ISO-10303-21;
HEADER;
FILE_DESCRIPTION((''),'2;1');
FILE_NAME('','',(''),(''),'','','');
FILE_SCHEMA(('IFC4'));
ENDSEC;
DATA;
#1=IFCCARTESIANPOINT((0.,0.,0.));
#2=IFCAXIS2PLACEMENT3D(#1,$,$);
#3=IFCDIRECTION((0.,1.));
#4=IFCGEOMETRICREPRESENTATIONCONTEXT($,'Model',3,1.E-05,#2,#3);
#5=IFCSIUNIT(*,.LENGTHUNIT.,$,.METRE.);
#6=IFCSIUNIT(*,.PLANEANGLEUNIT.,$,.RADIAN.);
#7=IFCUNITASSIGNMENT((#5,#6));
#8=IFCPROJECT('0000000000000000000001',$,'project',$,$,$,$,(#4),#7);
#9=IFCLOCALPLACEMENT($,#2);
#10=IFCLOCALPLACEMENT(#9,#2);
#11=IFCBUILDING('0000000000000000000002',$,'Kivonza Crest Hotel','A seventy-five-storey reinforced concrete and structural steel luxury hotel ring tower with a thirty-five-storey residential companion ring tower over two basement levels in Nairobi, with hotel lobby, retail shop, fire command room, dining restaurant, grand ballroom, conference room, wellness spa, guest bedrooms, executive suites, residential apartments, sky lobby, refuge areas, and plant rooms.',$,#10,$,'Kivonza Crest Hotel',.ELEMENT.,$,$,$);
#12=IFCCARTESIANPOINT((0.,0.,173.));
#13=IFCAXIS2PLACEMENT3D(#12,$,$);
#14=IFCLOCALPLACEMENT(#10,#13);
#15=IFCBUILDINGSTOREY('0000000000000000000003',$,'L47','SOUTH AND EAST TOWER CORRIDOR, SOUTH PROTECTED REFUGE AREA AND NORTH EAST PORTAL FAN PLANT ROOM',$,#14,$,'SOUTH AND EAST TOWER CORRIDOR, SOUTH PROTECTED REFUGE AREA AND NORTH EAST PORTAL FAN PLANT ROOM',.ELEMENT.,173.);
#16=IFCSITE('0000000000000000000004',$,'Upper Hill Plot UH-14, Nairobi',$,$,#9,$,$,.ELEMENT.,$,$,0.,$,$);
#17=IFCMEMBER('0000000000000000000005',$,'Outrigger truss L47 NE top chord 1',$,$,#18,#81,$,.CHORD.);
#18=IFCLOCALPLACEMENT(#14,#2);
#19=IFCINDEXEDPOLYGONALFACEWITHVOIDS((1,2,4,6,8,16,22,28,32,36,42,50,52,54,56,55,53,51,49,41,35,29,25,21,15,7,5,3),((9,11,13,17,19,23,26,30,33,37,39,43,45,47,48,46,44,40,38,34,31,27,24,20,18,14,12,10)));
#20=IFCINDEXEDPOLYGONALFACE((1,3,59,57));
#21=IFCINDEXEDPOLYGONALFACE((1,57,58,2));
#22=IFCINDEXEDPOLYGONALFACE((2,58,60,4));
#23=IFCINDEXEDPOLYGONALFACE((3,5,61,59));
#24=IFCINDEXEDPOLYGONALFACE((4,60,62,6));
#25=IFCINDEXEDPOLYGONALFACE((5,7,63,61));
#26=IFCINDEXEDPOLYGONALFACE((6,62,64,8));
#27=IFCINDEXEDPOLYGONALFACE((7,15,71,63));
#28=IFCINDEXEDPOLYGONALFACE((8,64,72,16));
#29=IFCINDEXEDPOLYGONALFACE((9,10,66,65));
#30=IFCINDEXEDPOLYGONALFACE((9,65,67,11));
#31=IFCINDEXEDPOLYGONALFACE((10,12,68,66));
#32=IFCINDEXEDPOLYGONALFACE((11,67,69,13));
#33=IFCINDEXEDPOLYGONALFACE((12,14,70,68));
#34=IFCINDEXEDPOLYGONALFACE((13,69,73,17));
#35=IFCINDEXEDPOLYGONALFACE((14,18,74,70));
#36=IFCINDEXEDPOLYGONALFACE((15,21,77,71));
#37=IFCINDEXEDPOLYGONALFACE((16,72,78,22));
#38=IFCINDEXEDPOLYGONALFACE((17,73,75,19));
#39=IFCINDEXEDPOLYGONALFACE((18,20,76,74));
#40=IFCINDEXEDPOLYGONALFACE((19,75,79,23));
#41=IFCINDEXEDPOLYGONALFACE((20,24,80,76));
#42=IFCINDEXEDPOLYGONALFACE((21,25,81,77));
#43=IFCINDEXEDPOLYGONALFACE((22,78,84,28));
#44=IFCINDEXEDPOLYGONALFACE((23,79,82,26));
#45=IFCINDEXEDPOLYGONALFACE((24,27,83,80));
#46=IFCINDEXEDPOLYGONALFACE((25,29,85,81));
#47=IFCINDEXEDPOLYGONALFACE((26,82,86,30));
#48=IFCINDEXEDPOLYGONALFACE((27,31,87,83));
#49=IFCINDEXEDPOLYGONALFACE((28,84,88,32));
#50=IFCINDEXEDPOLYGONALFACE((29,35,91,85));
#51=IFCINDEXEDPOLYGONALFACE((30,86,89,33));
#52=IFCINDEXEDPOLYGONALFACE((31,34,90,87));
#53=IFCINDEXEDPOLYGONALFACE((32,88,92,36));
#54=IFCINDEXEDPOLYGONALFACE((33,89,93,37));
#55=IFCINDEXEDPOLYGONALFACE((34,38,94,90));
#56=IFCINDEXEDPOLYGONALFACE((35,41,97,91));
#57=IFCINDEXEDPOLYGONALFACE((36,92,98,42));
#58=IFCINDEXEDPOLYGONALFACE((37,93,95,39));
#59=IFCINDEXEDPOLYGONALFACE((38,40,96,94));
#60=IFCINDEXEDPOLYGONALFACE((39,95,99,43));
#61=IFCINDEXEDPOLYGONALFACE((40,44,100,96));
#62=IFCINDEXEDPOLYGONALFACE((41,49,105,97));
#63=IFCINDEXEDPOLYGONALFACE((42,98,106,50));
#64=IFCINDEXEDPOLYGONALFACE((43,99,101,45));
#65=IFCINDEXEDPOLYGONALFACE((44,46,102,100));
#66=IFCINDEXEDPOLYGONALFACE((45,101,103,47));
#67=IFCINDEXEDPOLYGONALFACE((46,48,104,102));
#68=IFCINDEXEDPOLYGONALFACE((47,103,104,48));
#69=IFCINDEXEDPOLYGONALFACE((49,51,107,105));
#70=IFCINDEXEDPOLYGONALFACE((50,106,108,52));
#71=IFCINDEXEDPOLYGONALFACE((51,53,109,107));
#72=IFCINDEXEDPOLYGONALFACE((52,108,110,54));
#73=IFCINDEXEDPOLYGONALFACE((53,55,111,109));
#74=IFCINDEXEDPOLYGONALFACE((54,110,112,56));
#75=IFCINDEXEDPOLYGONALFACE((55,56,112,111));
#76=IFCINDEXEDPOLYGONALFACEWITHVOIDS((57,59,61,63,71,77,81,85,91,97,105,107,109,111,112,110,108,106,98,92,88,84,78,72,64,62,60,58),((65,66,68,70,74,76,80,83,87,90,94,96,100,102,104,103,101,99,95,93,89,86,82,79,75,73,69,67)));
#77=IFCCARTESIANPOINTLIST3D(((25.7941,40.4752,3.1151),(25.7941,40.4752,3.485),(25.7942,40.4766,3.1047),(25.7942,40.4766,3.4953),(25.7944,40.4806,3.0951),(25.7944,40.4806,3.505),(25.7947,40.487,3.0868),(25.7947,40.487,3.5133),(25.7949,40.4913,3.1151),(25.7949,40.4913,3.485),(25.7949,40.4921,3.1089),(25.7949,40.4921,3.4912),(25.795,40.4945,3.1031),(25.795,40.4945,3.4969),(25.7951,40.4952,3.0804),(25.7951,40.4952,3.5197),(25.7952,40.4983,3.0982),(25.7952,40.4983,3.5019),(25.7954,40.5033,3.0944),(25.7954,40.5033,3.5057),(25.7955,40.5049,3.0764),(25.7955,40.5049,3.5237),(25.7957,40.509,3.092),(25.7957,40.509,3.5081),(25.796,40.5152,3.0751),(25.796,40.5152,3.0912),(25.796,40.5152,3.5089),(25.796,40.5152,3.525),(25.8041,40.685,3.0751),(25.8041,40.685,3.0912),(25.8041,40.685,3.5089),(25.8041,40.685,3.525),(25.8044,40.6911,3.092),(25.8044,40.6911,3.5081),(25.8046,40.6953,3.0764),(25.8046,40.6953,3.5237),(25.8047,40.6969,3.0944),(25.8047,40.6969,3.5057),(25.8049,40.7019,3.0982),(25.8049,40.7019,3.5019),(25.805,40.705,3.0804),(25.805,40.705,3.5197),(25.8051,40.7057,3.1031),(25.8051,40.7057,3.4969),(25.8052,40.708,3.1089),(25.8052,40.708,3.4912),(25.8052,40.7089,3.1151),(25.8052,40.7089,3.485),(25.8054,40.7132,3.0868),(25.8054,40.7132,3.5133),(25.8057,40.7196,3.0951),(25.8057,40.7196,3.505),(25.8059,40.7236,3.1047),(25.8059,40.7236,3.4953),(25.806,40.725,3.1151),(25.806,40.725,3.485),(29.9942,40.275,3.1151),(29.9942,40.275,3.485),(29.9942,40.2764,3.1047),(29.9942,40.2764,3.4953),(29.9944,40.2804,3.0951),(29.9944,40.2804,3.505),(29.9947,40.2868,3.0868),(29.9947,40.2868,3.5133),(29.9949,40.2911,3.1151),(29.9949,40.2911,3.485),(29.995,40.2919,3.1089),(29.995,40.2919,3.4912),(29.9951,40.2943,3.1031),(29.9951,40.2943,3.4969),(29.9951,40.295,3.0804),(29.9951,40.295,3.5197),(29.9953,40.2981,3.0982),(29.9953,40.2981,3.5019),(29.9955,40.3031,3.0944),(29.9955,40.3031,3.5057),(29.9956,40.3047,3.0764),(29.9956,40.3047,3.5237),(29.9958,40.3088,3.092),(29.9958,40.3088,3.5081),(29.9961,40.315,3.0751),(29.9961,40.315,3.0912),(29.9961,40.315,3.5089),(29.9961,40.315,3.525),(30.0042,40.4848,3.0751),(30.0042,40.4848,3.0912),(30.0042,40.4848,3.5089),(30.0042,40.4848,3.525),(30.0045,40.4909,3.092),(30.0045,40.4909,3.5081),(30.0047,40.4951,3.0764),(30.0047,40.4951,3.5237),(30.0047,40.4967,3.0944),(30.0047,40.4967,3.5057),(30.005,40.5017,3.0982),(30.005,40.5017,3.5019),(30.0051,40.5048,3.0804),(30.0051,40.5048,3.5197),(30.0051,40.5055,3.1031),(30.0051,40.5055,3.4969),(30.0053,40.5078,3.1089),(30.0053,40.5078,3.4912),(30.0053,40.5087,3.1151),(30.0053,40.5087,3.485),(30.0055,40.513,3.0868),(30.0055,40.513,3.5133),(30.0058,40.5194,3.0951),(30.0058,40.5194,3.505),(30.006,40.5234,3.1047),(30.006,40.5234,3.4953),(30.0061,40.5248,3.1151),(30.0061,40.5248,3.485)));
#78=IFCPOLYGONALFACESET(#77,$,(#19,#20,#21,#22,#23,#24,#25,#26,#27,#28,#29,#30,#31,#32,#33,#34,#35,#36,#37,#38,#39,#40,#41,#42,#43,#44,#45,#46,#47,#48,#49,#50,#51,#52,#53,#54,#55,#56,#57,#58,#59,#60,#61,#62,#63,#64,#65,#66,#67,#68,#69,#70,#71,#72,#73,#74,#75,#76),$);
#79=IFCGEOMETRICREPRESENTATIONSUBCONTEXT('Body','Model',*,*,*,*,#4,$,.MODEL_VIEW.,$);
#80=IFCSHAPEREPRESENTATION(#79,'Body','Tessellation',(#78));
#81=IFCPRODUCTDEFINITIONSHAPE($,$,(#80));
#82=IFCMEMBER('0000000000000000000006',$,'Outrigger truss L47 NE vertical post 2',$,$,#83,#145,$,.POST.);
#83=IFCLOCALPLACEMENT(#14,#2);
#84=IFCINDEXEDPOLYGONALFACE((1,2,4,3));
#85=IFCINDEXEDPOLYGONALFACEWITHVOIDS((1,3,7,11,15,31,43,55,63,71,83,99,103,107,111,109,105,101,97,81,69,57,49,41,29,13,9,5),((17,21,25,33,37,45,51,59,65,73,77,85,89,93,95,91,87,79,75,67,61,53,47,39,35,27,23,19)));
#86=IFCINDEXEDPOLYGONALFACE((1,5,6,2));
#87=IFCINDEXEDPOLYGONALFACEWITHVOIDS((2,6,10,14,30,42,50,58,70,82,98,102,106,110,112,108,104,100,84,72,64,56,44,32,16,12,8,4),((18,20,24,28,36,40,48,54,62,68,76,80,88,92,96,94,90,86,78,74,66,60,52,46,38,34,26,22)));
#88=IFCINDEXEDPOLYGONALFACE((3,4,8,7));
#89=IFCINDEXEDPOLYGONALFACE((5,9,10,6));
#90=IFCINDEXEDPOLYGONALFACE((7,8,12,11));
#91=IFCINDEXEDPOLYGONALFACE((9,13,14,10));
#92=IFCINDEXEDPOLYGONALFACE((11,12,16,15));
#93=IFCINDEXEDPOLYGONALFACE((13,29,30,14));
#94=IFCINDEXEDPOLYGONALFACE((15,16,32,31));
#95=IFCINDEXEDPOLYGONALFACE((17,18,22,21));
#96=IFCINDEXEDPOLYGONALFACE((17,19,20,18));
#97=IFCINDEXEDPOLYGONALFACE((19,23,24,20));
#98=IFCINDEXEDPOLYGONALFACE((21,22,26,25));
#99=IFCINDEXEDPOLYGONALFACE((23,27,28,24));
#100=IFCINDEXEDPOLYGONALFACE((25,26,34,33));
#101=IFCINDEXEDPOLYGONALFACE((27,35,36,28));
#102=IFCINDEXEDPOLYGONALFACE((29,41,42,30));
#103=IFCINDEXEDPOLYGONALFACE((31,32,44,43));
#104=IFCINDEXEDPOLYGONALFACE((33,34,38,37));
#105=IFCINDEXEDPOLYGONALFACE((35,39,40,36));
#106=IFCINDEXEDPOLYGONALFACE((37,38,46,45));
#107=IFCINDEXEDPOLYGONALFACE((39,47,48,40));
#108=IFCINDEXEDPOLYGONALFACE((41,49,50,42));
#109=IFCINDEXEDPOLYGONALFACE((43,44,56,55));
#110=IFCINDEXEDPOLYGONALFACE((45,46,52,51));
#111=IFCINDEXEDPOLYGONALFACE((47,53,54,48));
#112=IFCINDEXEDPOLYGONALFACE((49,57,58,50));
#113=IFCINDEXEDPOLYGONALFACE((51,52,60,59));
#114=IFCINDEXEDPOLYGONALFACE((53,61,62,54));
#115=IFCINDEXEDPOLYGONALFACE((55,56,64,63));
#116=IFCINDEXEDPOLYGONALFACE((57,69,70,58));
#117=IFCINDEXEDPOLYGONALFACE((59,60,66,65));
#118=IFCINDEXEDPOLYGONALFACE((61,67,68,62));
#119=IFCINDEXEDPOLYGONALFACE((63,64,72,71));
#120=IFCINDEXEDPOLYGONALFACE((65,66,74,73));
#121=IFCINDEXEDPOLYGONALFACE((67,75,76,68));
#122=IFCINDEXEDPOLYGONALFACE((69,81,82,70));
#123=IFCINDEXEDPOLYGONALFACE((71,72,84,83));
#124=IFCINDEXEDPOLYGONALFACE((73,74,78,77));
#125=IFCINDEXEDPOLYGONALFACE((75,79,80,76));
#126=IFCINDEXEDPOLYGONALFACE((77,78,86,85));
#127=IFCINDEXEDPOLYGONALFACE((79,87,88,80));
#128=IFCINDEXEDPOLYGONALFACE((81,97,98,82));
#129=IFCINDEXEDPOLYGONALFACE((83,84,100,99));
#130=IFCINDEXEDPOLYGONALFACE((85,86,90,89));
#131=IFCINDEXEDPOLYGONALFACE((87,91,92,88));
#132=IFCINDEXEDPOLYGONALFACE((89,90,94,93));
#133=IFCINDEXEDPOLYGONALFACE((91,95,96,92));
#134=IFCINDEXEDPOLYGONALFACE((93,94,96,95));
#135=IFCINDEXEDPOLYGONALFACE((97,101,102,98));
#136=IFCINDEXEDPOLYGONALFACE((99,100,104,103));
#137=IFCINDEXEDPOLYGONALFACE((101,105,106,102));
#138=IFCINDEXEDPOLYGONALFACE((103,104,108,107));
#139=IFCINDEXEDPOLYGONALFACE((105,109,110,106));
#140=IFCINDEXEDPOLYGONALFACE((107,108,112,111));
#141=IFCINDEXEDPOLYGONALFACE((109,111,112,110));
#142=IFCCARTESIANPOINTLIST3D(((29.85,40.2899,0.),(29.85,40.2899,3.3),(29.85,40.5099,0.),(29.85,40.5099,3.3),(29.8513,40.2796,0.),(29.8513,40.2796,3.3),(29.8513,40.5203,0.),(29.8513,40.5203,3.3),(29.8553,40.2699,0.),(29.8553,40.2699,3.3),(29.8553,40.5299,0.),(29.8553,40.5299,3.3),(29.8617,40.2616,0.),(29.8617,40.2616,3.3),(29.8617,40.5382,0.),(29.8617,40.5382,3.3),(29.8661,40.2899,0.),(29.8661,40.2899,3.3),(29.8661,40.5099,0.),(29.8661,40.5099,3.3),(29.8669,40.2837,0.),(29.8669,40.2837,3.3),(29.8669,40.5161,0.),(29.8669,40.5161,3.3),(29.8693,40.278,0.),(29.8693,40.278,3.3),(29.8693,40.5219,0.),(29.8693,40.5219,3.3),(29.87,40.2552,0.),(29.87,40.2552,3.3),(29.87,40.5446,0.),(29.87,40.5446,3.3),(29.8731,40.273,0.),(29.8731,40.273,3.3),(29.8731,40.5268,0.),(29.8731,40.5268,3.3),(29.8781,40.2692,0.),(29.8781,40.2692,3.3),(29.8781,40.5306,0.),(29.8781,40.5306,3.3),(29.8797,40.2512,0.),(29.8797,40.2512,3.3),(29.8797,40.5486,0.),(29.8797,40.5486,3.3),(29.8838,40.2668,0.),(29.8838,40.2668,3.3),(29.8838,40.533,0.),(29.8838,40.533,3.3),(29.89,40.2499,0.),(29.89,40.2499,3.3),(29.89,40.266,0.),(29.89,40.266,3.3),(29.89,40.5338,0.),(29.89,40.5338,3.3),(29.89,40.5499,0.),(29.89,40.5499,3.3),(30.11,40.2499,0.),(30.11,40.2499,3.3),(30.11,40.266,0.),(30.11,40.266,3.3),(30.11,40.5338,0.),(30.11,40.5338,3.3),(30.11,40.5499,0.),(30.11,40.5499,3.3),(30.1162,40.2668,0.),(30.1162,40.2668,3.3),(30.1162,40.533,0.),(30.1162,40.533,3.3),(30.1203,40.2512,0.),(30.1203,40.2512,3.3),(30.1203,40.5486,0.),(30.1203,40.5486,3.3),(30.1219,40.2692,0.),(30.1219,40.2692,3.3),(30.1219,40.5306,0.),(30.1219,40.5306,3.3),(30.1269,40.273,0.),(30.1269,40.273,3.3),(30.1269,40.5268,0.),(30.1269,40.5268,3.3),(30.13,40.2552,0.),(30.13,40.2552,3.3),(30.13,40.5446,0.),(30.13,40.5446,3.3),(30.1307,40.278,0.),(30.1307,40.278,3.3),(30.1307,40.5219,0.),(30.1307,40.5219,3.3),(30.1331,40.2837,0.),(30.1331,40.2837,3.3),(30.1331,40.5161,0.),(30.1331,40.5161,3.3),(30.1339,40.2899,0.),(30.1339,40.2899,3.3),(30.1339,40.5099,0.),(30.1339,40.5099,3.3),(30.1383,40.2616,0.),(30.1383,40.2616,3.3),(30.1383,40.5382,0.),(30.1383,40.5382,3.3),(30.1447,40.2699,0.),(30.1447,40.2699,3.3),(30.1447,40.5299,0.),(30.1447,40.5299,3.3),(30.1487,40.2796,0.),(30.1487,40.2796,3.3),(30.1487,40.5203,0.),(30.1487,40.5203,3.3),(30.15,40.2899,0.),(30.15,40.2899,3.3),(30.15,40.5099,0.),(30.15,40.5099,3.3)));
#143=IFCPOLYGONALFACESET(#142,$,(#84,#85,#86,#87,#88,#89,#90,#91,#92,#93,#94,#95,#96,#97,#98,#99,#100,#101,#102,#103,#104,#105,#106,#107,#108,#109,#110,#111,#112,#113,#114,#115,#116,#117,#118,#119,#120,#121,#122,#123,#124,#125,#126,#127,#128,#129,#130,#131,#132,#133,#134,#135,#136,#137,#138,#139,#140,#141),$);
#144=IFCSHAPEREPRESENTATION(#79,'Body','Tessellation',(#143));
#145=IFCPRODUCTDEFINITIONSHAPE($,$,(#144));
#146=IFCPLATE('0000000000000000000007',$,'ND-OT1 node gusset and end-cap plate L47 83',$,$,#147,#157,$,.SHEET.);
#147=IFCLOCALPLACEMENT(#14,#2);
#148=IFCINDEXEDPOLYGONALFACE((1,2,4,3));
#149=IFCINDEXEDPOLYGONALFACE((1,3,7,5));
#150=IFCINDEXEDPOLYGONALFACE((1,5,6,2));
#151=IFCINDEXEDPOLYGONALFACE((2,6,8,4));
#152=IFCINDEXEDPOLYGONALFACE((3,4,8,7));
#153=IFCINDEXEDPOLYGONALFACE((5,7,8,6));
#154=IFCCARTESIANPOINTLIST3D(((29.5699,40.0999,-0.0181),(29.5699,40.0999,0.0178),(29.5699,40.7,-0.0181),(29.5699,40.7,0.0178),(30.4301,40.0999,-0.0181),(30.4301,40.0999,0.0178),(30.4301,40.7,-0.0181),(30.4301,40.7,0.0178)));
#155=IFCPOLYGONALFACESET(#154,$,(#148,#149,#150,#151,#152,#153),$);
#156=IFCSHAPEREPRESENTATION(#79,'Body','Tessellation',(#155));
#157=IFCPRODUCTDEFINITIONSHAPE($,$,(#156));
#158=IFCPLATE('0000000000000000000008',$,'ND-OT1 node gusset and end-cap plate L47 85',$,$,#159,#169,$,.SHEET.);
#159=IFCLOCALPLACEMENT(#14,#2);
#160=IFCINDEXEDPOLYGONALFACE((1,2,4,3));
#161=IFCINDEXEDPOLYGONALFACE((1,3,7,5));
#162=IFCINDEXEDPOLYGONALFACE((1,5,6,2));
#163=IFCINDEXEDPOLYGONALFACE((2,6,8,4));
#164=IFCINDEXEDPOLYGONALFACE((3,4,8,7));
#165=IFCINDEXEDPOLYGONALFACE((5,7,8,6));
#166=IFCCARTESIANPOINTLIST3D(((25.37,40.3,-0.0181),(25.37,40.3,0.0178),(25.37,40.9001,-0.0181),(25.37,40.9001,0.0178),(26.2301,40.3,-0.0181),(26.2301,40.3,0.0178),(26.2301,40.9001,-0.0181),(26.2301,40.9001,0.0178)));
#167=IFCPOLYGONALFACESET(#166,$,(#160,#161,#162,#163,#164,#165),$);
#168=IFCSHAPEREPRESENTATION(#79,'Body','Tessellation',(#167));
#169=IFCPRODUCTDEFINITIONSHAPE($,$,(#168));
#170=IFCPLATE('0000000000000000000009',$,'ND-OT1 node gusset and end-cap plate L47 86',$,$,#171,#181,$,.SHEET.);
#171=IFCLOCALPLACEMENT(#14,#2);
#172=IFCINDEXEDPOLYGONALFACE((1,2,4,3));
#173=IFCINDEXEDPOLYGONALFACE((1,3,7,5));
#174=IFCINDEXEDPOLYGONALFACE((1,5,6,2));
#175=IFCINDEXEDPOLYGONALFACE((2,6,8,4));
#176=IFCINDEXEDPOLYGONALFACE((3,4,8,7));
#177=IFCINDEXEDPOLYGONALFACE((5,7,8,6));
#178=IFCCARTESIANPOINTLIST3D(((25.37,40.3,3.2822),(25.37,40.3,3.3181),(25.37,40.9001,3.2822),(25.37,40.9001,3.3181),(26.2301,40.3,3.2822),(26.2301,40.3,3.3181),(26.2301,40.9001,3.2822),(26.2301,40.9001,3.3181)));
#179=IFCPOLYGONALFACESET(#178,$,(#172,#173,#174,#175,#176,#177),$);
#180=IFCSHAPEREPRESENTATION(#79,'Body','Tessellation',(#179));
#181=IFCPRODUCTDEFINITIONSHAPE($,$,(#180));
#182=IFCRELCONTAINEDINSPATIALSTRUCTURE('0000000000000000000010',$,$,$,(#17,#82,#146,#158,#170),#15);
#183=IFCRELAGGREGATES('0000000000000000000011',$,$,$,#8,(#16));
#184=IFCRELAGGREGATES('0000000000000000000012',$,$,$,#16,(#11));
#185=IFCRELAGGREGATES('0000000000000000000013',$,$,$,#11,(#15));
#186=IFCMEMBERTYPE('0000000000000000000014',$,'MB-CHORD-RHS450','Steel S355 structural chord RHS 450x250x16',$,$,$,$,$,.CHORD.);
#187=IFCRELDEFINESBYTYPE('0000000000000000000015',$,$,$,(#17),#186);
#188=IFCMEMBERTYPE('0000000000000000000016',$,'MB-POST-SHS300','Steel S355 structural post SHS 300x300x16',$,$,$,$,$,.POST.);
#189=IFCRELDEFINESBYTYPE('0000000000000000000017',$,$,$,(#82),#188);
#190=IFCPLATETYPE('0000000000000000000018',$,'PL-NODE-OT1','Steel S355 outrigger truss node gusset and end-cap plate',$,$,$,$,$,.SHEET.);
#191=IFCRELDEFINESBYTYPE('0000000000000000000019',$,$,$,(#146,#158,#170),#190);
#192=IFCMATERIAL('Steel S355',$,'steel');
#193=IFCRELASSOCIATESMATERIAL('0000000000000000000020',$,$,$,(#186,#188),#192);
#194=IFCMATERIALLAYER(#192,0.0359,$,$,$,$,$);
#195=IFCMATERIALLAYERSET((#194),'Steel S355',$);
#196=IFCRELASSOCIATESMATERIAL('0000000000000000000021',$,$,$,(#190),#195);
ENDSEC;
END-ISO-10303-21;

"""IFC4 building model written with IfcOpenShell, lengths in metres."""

from ifc_helpers import new_model, si_unit, direction, frame, origin, origin_2d, place, context, subcontext, project, spatial, rectangle, hollow_rectangle, extrude, material, layer, layer_set, material_profile, profile_set, type_object, element, save


model = new_model("IFC4")

# Units and contexts
model_context = context("Model", 3, precision=1e-05, world=origin(), true_north=direction((0.0, 1.0)))
body_context = subcontext(model_context, "Body", "Model", "MODEL_VIEW")
ifc_project = project(units=[si_unit("LENGTHUNIT", "METRE"), si_unit("PLANEANGLEUNIT", "RADIAN")], contexts=[model_context])

# Site, building, storey
site_placement = place(None, origin())
site = spatial("IfcSite", under=ifc_project, at=site_placement, Name="Upper Hill Plot UH-14, Nairobi", CompositionType="ELEMENT", RefElevation=0.0)
building_placement = place(site_placement, origin())
building = spatial("IfcBuilding", under=site, at=building_placement, Name="Kivonza Crest Hotel", Description="A seventy-five-storey reinforced concrete and structural steel luxury hotel ring tower with a thirty-five-storey residential companion ring tower over two basement levels in Nairobi, with hotel lobby, retail shop, fire command room, dining restaurant, grand ballroom, conference room, wellness spa, guest bedrooms, executive suites, residential apartments, sky lobby, refuge areas, and plant rooms.", LongName="Kivonza Crest Hotel", CompositionType="ELEMENT")
storey_placement = place(building_placement, frame((0.0, 0.0, 173.0)))
storey = spatial("IfcBuildingStorey", under=building, at=storey_placement, Name="L47", Description="SOUTH AND EAST TOWER CORRIDOR, SOUTH PROTECTED REFUGE AREA AND NORTH EAST PORTAL FAN PLANT ROOM", LongName="SOUTH AND EAST TOWER CORRIDOR, SOUTH PROTECTED REFUGE AREA AND NORTH EAST PORTAL FAN PLANT ROOM", CompositionType="ELEMENT", Elevation=173.0)

# Shared definitions
ifc_material_1 = material(Name="Steel S355", Category="steel")

# Members
ifc_material_profile_1 = material_profile(ifc_material_1, hollow_rectangle(XDim=0.25, YDim=0.45, WallThickness=0.0161, InnerFilletRadius=0.0239, OuterFilletRadius=0.04, at=origin_2d()), Name="RHS 450x250x16")
ifc_profile_set_1 = profile_set([ifc_material_profile_1], Name="Steel S355")
member_type_1 = type_object("IfcMemberType", Name="MB-CHORD-RHS450", Description="Steel S355 structural chord RHS 450x250x16", PredefinedType="CHORD", material=ifc_profile_set_1)
for number, where, z_axis, x_axis, name in (
    (1, (25.8, 40.6001, 3.3), (0.998866, -0.047612, 0.0), (0.047612, 0.998866, 0.0), "Outrigger truss L47 NE top chord 1"),
):
    element("IfcMember", number, at=place(storey_placement, frame(where, z_axis=z_axis, x_axis=x_axis)), inside=storey, type_object=member_type_1, Name=name, PredefinedType="CHORD", context=body_context, shape_type="SweptSolid", body=[
        extrude(hollow_rectangle(XDim=0.25, YDim=0.45, WallThickness=0.0161, InnerFilletRadius=0.0239, OuterFilletRadius=0.04, at=origin_2d()), origin(), (0.0, 0.0, 1.0), 4.2048),
    ])
ifc_material_profile_2 = material_profile(ifc_material_1, hollow_rectangle(XDim=0.3, YDim=0.3, WallThickness=0.0161, InnerFilletRadius=0.0239, OuterFilletRadius=0.04, at=origin_2d()), Name="SHS 300x300x16")
ifc_profile_set_2 = profile_set([ifc_material_profile_2], Name="Steel S355")
member_type_2 = type_object("IfcMemberType", Name="MB-POST-SHS300", Description="Steel S355 structural post SHS 300x300x16", PredefinedType="POST", material=ifc_profile_set_2)
member_1_placement = place(storey_placement, frame((30.0, 40.3999, 0.0), z_axis=(0.0, 0.0, 1.0), x_axis=(1.0, 0.0, 0.0)))
element("IfcMember", 2, at=member_1_placement, inside=storey, type_object=member_type_2, Name="Outrigger truss L47 NE vertical post 2", PredefinedType="POST", context=body_context, shape_type="SweptSolid", body=[
    extrude(hollow_rectangle(XDim=0.3, YDim=0.3, WallThickness=0.0161, InnerFilletRadius=0.0239, OuterFilletRadius=0.04, at=origin_2d()), origin(), (0.0, 0.0, 1.0), 3.3),
])

# Plates
ifc_layer_1 = layer(ifc_material_1, 0.0359)
ifc_layer_set_1 = layer_set([ifc_layer_1], Name="Steel S355")
plate_type = type_object("IfcPlateType", Name="PL-NODE-OT1", Description="Steel S355 outrigger truss node gusset and end-cap plate", PredefinedType="SHEET", material=ifc_layer_set_1)
for number, where, z_axis, x_axis, name in (
    (3, (30.0, 40.3999, -0.0181), (0.0, 0.0, 1.0), (1.0, 0.0, 0.0), "ND-OT1 node gusset and end-cap plate L47 83"),
    (4, (25.8, 40.6001, -0.0181), (0.0, 0.0, 1.0), (1.0, 0.0, 0.0), "ND-OT1 node gusset and end-cap plate L47 85"),
    (5, (25.8, 40.6001, 3.2822), (0.0, 0.0, 1.0), (1.0, 0.0, 0.0), "ND-OT1 node gusset and end-cap plate L47 86"),
):
    element("IfcPlate", number, at=place(storey_placement, frame(where, z_axis=z_axis, x_axis=x_axis)), inside=storey, type_object=plate_type, Name=name, PredefinedType="SHEET", context=body_context, shape_type="SweptSolid", body=[
        extrude(rectangle(XDim=0.8601, YDim=0.6001, at=origin_2d()), origin(), (0.0, 0.0, 1.0), 0.0359),
    ])

save(model, "model.ifc")
